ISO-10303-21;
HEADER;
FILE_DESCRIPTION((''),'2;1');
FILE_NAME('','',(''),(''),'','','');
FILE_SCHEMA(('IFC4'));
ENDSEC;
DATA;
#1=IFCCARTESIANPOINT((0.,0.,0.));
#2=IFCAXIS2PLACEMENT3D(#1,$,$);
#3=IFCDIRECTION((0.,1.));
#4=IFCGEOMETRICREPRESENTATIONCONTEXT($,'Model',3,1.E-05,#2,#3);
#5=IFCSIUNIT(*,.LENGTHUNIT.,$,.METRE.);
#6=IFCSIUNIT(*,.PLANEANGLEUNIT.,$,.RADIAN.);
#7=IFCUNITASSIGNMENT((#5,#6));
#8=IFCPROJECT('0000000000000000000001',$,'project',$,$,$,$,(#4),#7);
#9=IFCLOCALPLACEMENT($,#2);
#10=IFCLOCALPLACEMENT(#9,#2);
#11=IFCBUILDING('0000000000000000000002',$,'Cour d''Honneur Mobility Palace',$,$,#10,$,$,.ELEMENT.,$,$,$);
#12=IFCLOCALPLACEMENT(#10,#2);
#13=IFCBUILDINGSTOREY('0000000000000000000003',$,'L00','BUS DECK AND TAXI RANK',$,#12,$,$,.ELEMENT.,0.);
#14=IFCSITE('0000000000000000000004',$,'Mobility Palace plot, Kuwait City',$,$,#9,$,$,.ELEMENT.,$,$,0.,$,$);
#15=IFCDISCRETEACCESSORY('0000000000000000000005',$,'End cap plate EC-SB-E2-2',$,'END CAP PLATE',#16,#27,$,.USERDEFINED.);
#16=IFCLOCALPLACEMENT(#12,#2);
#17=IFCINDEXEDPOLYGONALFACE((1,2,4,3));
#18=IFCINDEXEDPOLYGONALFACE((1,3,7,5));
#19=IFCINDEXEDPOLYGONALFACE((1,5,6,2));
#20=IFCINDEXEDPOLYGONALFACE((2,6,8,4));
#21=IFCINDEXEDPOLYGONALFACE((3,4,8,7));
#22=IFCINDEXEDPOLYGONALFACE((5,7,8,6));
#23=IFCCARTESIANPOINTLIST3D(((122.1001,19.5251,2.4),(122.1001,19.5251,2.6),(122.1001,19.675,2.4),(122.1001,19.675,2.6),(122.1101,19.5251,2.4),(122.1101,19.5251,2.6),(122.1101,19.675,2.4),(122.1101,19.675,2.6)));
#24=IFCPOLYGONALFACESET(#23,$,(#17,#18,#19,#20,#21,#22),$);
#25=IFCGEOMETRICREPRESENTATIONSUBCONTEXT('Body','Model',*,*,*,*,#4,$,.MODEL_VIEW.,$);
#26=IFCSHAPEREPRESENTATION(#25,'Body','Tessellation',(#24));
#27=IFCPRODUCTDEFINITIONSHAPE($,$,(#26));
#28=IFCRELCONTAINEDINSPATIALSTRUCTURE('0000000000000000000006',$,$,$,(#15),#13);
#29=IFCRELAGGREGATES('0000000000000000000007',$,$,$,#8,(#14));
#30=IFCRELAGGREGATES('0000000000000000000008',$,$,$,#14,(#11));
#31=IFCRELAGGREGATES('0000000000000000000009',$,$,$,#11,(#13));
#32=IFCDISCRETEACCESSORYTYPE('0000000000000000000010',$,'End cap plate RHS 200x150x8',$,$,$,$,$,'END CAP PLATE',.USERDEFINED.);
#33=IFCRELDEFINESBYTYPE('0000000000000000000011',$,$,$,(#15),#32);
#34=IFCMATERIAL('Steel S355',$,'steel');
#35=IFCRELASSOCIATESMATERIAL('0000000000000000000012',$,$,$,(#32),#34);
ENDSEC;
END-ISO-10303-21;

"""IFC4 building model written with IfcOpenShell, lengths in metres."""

from ifc_helpers import new_model, si_unit, direction, frame, origin, origin_2d, place, context, subcontext, project, spatial, rectangle, extrude, material, material_profile, profile_set, type_object, element, save


model = new_model("IFC4")

# Units and contexts
model_context = context("Model", 3, precision=1e-05, world=origin(), true_north=direction((0.0, 1.0)))
body_context = subcontext(model_context, "Body", "Model", "MODEL_VIEW")
ifc_project = project(units=[si_unit("LENGTHUNIT", "METRE"), si_unit("PLANEANGLEUNIT", "RADIAN")], contexts=[model_context])

# Site, building, storey
site_placement = place(None, origin())
site = spatial("IfcSite", under=ifc_project, at=site_placement, Name="Mobility Palace plot, Kuwait City", CompositionType="ELEMENT", RefElevation=0.0)
building_placement = place(site_placement, origin())
building = spatial("IfcBuilding", under=site, at=building_placement, Name="Cour d'Honneur Mobility Palace", CompositionType="ELEMENT")
storey_placement = place(building_placement, origin())
storey = spatial("IfcBuildingStorey", under=building, at=storey_placement, Name="L00", Description="BUS DECK AND TAXI RANK", CompositionType="ELEMENT", Elevation=0.0)

# Discrete accessory
ifc_material_1 = material(Name="Steel S355", Category="steel")
ifc_material_profile_1 = material_profile(ifc_material_1, rectangle(XDim=0.1499, YDim=0.2, at=origin_2d()), Name="PL 200x150x10")
ifc_profile_set_1 = profile_set([ifc_material_profile_1], Name="Steel S355")
discrete_accessory_type = type_object("IfcDiscreteAccessoryType", Name="End cap plate RHS 200x150x8", ElementType="END CAP PLATE", PredefinedType="USERDEFINED", material=ifc_profile_set_1)
discrete_accessory_placement = place(storey_placement, frame((122.1001, 19.6001, 2.5), z_axis=(1.0, 0.0, 0.0), x_axis=(0.0, 1.0, 0.0)))
element("IfcDiscreteAccessory", 1, at=discrete_accessory_placement, inside=storey, type_object=discrete_accessory_type, Name="End cap plate EC-SB-E2-2", ObjectType="END CAP PLATE", PredefinedType="USERDEFINED", context=body_context, shape_type="SweptSolid", body=[
    extrude(rectangle(XDim=0.1499, YDim=0.2, at=origin_2d()), origin(), (0.0, 0.0, 1.0), 0.01),
])

save(model, "model.ifc")
